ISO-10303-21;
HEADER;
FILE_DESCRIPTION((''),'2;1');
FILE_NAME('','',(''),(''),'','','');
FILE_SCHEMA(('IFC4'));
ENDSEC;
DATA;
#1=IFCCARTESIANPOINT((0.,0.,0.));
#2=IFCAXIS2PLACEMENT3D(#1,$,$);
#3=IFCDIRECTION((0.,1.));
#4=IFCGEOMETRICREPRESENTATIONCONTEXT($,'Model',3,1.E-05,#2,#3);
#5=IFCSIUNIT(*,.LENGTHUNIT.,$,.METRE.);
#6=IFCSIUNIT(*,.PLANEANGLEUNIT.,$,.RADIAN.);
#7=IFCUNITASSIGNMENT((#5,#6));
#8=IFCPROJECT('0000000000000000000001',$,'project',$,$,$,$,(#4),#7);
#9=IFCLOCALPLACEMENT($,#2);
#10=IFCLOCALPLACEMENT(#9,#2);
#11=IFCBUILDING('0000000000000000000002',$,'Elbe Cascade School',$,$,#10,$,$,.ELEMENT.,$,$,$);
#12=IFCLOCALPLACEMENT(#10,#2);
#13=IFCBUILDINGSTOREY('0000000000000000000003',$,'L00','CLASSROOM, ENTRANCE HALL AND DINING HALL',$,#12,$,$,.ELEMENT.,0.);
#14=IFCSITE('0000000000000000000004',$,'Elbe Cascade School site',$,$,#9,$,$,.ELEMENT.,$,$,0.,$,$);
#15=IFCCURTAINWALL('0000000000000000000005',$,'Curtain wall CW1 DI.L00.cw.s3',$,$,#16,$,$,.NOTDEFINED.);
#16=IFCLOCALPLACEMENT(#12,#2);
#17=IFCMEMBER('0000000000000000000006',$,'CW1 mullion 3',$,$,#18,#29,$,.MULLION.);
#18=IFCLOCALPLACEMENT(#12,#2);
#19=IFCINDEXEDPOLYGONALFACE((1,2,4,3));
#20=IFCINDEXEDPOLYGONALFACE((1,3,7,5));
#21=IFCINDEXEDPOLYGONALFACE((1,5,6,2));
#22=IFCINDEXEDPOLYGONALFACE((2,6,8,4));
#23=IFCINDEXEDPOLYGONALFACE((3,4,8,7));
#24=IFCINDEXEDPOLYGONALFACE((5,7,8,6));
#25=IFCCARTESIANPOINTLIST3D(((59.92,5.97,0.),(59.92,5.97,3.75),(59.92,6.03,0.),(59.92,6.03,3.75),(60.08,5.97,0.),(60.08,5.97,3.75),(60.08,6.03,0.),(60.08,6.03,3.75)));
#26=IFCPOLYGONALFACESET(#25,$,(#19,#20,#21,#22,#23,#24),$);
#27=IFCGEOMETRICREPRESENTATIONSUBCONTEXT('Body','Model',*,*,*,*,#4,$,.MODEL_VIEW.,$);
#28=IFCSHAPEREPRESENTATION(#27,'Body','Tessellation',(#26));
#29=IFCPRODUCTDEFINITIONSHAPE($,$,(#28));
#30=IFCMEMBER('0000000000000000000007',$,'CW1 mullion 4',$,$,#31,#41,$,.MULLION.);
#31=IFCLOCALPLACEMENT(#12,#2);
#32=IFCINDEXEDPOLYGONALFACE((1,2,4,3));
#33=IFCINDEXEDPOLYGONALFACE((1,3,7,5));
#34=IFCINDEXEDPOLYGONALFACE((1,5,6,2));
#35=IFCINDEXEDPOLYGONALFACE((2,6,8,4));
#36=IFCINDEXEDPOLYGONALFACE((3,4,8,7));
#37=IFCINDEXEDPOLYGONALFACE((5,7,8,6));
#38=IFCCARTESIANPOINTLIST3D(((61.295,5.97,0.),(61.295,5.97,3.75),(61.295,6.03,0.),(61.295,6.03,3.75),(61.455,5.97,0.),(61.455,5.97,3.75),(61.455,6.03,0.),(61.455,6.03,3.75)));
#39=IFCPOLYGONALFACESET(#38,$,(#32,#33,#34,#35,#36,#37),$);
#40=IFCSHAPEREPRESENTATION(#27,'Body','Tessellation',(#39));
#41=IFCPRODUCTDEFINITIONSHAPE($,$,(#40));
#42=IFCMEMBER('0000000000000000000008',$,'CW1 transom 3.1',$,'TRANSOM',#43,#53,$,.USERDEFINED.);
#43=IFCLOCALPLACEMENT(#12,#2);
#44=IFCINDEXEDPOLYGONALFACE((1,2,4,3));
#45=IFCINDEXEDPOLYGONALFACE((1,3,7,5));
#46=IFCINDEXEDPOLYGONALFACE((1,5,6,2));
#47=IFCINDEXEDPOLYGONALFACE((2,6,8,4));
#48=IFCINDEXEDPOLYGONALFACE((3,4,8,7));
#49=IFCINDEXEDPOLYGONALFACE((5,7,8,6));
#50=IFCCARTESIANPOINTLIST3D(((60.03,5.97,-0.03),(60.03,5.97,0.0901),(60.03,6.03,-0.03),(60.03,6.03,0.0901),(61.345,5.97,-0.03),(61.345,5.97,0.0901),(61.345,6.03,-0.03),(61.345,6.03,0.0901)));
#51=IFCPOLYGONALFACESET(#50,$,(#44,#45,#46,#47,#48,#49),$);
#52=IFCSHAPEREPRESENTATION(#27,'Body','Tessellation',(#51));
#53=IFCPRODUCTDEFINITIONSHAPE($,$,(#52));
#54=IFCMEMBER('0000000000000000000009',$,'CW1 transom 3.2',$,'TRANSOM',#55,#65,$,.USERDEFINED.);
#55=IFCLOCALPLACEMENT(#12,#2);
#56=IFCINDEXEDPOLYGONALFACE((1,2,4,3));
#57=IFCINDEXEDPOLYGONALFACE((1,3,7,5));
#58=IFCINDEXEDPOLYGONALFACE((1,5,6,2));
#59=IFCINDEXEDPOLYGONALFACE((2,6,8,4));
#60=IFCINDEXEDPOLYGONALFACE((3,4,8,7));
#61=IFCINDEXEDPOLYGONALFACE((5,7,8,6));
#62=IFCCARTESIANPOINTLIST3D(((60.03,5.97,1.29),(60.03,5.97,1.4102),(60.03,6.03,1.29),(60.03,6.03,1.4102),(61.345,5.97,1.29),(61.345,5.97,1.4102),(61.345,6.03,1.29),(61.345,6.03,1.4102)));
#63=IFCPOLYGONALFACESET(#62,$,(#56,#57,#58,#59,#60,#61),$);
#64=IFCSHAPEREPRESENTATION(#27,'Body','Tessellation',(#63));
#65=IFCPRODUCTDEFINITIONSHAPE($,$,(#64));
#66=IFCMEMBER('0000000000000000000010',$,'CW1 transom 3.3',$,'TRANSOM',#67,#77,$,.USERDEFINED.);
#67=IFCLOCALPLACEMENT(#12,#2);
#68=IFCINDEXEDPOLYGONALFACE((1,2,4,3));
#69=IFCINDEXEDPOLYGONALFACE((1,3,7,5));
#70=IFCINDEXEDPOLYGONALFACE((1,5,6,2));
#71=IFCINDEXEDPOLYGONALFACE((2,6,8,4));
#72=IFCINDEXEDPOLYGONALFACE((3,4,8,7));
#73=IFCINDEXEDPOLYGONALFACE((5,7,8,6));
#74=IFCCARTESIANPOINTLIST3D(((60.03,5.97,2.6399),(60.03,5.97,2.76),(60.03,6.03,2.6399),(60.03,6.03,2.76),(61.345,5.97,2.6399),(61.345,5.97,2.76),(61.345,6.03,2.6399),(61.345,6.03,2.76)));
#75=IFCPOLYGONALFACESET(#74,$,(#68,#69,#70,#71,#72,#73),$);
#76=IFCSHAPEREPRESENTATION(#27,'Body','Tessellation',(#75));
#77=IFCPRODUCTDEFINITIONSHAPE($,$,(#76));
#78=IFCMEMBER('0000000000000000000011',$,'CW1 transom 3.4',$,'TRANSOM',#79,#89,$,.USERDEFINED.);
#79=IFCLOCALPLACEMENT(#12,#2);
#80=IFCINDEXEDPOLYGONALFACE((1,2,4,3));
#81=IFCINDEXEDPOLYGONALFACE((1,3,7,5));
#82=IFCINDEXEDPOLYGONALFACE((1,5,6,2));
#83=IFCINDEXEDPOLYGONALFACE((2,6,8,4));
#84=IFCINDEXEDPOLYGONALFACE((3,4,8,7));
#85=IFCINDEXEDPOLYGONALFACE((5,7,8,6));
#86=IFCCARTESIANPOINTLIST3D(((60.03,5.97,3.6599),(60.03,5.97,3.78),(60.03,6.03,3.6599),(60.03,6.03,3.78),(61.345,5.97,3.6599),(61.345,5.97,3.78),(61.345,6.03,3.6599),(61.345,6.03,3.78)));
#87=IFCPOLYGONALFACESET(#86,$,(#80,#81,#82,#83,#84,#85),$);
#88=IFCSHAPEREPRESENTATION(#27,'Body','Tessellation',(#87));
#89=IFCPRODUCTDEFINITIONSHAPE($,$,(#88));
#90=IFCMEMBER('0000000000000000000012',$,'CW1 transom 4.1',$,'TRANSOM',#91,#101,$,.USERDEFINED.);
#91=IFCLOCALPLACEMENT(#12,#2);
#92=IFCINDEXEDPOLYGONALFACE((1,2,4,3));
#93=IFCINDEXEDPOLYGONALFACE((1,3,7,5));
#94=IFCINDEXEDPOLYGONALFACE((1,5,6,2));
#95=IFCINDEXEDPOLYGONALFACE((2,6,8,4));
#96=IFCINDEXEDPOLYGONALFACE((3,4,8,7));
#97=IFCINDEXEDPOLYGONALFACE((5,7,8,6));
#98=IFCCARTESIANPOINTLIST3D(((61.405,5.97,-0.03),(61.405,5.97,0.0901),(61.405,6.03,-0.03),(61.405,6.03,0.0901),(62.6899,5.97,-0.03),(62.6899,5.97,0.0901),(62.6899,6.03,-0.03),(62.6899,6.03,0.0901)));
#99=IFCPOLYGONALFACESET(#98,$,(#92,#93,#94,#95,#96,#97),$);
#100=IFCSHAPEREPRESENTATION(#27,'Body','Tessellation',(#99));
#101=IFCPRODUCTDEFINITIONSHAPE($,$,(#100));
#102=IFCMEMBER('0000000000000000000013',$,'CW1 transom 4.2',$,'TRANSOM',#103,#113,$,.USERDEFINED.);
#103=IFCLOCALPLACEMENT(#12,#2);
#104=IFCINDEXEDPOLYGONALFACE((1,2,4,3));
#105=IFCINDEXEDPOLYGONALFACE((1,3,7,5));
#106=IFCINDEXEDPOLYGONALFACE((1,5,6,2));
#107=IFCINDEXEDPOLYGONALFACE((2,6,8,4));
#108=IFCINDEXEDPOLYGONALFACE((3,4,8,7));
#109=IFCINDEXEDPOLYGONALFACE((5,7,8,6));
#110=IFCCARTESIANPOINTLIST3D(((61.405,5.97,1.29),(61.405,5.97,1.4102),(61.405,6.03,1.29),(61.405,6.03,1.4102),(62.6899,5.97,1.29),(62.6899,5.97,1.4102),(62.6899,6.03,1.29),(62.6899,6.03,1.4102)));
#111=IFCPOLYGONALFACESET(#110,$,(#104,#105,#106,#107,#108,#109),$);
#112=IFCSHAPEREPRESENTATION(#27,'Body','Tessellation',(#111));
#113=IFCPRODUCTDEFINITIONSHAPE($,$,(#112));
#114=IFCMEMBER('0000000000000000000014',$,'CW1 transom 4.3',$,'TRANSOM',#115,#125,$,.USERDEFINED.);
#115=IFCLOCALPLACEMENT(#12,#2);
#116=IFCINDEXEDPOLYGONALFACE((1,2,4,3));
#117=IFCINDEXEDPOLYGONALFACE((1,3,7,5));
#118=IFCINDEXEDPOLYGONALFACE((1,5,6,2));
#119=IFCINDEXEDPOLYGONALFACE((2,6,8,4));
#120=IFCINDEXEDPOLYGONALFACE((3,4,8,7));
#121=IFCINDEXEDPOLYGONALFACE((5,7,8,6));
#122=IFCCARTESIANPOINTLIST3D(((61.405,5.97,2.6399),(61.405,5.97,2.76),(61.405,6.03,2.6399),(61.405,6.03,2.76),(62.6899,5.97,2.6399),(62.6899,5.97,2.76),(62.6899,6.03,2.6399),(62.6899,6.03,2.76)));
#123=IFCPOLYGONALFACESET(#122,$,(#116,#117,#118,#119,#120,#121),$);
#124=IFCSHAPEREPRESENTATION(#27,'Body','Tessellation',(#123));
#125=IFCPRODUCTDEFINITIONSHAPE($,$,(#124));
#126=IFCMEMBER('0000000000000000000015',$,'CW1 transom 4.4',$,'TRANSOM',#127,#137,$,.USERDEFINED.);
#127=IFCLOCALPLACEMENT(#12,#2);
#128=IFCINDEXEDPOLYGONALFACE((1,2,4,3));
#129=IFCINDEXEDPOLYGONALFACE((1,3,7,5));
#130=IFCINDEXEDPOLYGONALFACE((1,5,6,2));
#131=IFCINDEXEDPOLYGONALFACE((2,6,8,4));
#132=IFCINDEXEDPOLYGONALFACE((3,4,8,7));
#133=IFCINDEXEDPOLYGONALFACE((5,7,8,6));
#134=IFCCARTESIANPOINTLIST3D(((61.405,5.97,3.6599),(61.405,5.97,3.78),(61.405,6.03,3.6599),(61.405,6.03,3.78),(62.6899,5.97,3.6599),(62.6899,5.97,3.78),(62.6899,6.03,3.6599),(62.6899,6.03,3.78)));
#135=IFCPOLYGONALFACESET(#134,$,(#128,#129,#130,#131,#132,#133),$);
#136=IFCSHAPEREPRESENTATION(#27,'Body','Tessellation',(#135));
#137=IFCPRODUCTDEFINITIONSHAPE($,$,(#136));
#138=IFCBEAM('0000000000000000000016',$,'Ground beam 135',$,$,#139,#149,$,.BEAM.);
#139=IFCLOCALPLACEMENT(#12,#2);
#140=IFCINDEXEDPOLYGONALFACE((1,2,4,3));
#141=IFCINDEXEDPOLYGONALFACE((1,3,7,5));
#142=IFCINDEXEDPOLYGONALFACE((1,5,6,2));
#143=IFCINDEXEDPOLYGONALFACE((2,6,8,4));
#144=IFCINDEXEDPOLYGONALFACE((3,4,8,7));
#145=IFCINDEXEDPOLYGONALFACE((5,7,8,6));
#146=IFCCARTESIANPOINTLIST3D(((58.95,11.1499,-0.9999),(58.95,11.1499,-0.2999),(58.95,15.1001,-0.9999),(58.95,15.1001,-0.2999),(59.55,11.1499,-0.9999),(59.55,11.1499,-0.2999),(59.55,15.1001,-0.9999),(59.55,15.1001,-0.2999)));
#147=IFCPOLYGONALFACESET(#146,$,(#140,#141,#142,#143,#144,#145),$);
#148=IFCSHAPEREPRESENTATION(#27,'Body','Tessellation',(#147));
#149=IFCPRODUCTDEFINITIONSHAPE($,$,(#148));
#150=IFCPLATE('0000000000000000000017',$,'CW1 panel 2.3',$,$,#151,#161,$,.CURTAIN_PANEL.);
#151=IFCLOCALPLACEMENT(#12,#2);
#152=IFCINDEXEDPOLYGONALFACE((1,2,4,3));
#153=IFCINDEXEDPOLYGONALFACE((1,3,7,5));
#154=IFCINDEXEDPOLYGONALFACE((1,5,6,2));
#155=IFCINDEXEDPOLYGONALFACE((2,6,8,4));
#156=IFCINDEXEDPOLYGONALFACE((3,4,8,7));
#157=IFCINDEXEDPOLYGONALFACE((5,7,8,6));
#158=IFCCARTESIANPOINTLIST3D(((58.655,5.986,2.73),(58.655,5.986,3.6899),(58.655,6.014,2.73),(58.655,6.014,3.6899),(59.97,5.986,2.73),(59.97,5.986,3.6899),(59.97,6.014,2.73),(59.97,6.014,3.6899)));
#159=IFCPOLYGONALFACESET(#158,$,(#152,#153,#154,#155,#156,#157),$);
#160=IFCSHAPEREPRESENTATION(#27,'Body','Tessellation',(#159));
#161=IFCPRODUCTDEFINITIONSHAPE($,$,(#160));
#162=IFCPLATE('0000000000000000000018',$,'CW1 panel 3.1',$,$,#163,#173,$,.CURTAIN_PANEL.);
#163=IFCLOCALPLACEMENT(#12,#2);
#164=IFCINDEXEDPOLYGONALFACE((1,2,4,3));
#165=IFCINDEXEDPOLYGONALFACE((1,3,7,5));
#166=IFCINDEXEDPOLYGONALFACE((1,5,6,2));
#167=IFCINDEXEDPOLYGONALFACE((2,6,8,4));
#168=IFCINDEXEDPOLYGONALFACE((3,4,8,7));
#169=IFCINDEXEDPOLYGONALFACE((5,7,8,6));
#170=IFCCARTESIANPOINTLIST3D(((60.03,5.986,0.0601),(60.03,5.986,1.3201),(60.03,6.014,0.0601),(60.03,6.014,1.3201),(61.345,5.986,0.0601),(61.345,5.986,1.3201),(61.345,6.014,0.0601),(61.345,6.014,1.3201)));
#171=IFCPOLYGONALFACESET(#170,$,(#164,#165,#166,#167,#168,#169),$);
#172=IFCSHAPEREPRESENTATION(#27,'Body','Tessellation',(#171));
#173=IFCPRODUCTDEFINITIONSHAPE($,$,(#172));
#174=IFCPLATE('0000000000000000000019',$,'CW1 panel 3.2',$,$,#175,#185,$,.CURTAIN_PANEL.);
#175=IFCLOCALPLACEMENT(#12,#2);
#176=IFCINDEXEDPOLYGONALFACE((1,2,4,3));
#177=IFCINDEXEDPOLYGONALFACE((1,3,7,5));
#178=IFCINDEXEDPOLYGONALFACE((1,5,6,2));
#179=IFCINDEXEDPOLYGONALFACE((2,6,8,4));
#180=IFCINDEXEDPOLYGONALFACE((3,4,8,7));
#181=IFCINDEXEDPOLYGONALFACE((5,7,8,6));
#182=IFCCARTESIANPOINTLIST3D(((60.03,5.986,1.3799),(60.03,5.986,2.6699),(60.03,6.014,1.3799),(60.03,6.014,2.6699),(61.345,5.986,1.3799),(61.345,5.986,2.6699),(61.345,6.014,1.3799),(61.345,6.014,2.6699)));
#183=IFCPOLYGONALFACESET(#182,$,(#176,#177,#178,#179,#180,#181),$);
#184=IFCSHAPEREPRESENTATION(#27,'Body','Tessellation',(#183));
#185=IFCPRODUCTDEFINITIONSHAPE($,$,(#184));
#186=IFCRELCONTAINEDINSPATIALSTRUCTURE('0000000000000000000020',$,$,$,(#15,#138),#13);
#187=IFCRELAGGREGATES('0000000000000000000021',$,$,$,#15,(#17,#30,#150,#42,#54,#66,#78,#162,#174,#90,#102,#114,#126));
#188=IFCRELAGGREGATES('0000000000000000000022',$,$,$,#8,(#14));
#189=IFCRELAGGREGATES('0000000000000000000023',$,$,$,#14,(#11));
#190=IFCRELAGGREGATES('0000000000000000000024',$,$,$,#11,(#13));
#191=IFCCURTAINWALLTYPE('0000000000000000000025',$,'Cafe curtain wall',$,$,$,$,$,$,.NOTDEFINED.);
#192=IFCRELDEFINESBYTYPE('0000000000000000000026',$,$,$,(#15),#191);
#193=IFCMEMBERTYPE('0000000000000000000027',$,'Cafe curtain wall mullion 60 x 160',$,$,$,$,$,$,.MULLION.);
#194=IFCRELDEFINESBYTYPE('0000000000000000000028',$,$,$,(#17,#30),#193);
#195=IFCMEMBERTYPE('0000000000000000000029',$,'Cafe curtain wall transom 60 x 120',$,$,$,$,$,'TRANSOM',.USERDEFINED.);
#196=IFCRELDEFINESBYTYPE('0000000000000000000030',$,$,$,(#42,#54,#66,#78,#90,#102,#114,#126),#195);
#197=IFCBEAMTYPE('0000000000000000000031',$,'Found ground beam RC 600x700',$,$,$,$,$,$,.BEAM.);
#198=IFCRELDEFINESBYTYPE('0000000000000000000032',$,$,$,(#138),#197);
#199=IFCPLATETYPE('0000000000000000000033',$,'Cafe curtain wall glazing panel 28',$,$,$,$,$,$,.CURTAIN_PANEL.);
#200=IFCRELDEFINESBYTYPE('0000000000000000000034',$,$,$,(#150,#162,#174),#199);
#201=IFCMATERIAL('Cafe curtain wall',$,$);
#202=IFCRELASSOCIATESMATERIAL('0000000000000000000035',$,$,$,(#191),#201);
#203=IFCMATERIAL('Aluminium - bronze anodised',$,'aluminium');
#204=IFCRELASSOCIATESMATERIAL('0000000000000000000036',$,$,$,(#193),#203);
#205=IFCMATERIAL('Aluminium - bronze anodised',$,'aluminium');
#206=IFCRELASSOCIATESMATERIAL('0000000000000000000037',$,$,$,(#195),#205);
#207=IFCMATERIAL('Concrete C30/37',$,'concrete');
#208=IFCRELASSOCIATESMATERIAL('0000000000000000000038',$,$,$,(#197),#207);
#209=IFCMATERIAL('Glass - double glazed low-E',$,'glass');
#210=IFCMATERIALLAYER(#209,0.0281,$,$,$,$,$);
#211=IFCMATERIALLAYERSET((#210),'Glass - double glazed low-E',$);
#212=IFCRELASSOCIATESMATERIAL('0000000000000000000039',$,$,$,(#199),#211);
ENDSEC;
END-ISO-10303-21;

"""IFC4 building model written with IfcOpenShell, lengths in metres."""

from ifc_helpers import new_model, si_unit, direction, frame, origin, origin_2d, place, context, subcontext, project, spatial, rectangle, extrude, material, layer, layer_set, material_profile, profile_set, type_object, element, aggregate, save


model = new_model("IFC4")

# Units and contexts
model_context = context("Model", 3, precision=1e-05, world=origin(), true_north=direction((0.0, 1.0)))
body_context = subcontext(model_context, "Body", "Model", "MODEL_VIEW")
ifc_project = project(units=[si_unit("LENGTHUNIT", "METRE"), si_unit("PLANEANGLEUNIT", "RADIAN")], contexts=[model_context])

# Site, building, storey
site_placement = place(None, origin())
site = spatial("IfcSite", under=ifc_project, at=site_placement, Name="Elbe Cascade School site", CompositionType="ELEMENT", RefElevation=0.0)
building_placement = place(site_placement, origin())
building = spatial("IfcBuilding", under=site, at=building_placement, Name="Elbe Cascade School", CompositionType="ELEMENT")
storey_placement = place(building_placement, origin())
storey = spatial("IfcBuildingStorey", under=building, at=storey_placement, Name="L00", Description="CLASSROOM, ENTRANCE HALL AND DINING HALL", CompositionType="ELEMENT", Elevation=0.0)

# Curtain wall, members
ifc_material_1 = material(Name="Cafe curtain wall")
curtain_wall_type = type_object("IfcCurtainWallType", Name="Cafe curtain wall", PredefinedType="NOTDEFINED", material=ifc_material_1)
curtain_wall_placement = place(storey_placement, origin())
curtain_wall = element("IfcCurtainWall", 1, at=curtain_wall_placement, inside=storey, type_object=curtain_wall_type, Name="Curtain wall CW1 DI.L00.cw.s3", PredefinedType="NOTDEFINED")
ifc_material_2 = material(Name="Aluminium - bronze anodised", Category="aluminium")
ifc_material_profile_1 = material_profile(ifc_material_2, rectangle(XDim=0.0601, YDim=0.1599, at=origin_2d()), Name="RECT 60x160")
ifc_profile_set_1 = profile_set([ifc_material_profile_1], Name="Aluminium - bronze anodised")
member_type_1 = type_object("IfcMemberType", Name="Cafe curtain wall mullion 60 x 160", PredefinedType="MULLION", material=ifc_profile_set_1)
member_1_placement = place(storey_placement, frame((60.0, 6.0, 0.0), z_axis=(0.0, 0.0, 1.0), x_axis=(0.0, 1.0, 0.0)))
member_1 = element("IfcMember", 2, at=member_1_placement, type_object=member_type_1, Name="CW1 mullion 3", PredefinedType="MULLION", context=body_context, shape_type="SweptSolid", body=[
    extrude(rectangle(XDim=0.0601, YDim=0.1599, at=origin_2d()), origin(), (0.0, 0.0, 1.0), 3.75),
])
member_2_placement = place(storey_placement, frame((61.375, 6.0, 0.0), z_axis=(0.0, 0.0, 1.0), x_axis=(0.0, 1.0, 0.0)))
member_2 = element("IfcMember", 3, at=member_2_placement, type_object=member_type_1, Name="CW1 mullion 4", PredefinedType="MULLION", context=body_context, shape_type="SweptSolid", body=[
    extrude(rectangle(XDim=0.0601, YDim=0.1599, at=origin_2d()), origin(), (0.0, 0.0, 1.0), 3.75),
])
ifc_material_3 = material(Name="Aluminium - bronze anodised", Category="aluminium")
ifc_material_profile_2 = material_profile(ifc_material_3, rectangle(XDim=0.0601, YDim=0.1201, at=origin_2d()), Name="RECT 60x120")
ifc_profile_set_2 = profile_set([ifc_material_profile_2], Name="Aluminium - bronze anodised")
member_type_2 = type_object("IfcMemberType", Name="Cafe curtain wall transom 60 x 120", ElementType="TRANSOM", PredefinedType="USERDEFINED", material=ifc_profile_set_2)
member_3_placement = place(storey_placement, frame((60.03, 6.0, 0.03), z_axis=(1.0, 0.0, 0.0), x_axis=(0.0, 1.0, 0.0)))
member_3 = element("IfcMember", 4, at=member_3_placement, type_object=member_type_2, Name="CW1 transom 3.1", ObjectType="TRANSOM", PredefinedType="USERDEFINED", context=body_context, shape_type="SweptSolid", body=[
    extrude(rectangle(XDim=0.0601, YDim=0.1201, at=origin_2d()), origin(), (0.0, 0.0, 1.0), 1.3149),
])
member_4_placement = place(storey_placement, frame((60.03, 6.0, 1.3501), z_axis=(1.0, 0.0, 0.0), x_axis=(0.0, 1.0, 0.0)))
member_4 = element("IfcMember", 5, at=member_4_placement, type_object=member_type_2, Name="CW1 transom 3.2", ObjectType="TRANSOM", PredefinedType="USERDEFINED", context=body_context, shape_type="SweptSolid", body=[
    extrude(rectangle(XDim=0.0601, YDim=0.1201, at=origin_2d()), origin(), (0.0, 0.0, 1.0), 1.3149),
])
member_5_placement = place(storey_placement, frame((60.03, 6.0, 2.7), z_axis=(1.0, 0.0, 0.0), x_axis=(0.0, 1.0, 0.0)))
member_5 = element("IfcMember", 6, at=member_5_placement, type_object=member_type_2, Name="CW1 transom 3.3", ObjectType="TRANSOM", PredefinedType="USERDEFINED", context=body_context, shape_type="SweptSolid", body=[
    extrude(rectangle(XDim=0.0601, YDim=0.1201, at=origin_2d()), origin(), (0.0, 0.0, 1.0), 1.3149),
])
member_6_placement = place(storey_placement, frame((60.03, 6.0, 3.72), z_axis=(1.0, 0.0, 0.0), x_axis=(0.0, 1.0, 0.0)))
member_6 = element("IfcMember", 7, at=member_6_placement, type_object=member_type_2, Name="CW1 transom 3.4", ObjectType="TRANSOM", PredefinedType="USERDEFINED", context=body_context, shape_type="SweptSolid", body=[
    extrude(rectangle(XDim=0.0601, YDim=0.1201, at=origin_2d()), origin(), (0.0, 0.0, 1.0), 1.3149),
])
member_7_placement = place(storey_placement, frame((61.405, 6.0, 0.03), z_axis=(1.0, 0.0, 0.0), x_axis=(0.0, 1.0, 0.0)))
member_7 = element("IfcMember", 8, at=member_7_placement, type_object=member_type_2, Name="CW1 transom 4.1", ObjectType="TRANSOM", PredefinedType="USERDEFINED", context=body_context, shape_type="SweptSolid", body=[
    extrude(rectangle(XDim=0.0601, YDim=0.1201, at=origin_2d()), origin(), (0.0, 0.0, 1.0), 1.2849),
])
member_8_placement = place(storey_placement, frame((61.405, 6.0, 1.3501), z_axis=(1.0, 0.0, 0.0), x_axis=(0.0, 1.0, 0.0)))
member_8 = element("IfcMember", 9, at=member_8_placement, type_object=member_type_2, Name="CW1 transom 4.2", ObjectType="TRANSOM", PredefinedType="USERDEFINED", context=body_context, shape_type="SweptSolid", body=[
    extrude(rectangle(XDim=0.0601, YDim=0.1201, at=origin_2d()), origin(), (0.0, 0.0, 1.0), 1.2849),
])
member_9_placement = place(storey_placement, frame((61.405, 6.0, 2.7), z_axis=(1.0, 0.0, 0.0), x_axis=(0.0, 1.0, 0.0)))
member_9 = element("IfcMember", 10, at=member_9_placement, type_object=member_type_2, Name="CW1 transom 4.3", ObjectType="TRANSOM", PredefinedType="USERDEFINED", context=body_context, shape_type="SweptSolid", body=[
    extrude(rectangle(XDim=0.0601, YDim=0.1201, at=origin_2d()), origin(), (0.0, 0.0, 1.0), 1.2849),
])
member_10_placement = place(storey_placement, frame((61.405, 6.0, 3.72), z_axis=(1.0, 0.0, 0.0), x_axis=(0.0, 1.0, 0.0)))
member_10 = element("IfcMember", 11, at=member_10_placement, type_object=member_type_2, Name="CW1 transom 4.4", ObjectType="TRANSOM", PredefinedType="USERDEFINED", context=body_context, shape_type="SweptSolid", body=[
    extrude(rectangle(XDim=0.0601, YDim=0.1201, at=origin_2d()), origin(), (0.0, 0.0, 1.0), 1.2849),
])

# Beam
ifc_material_4 = material(Name="Concrete C30/37", Category="concrete")
ifc_material_profile_3 = material_profile(ifc_material_4, rectangle(XDim=0.6001, YDim=0.7, at=origin_2d()), Name="RC 600x700")
ifc_profile_set_3 = profile_set([ifc_material_profile_3], Name="Concrete C30/37")
beam_type = type_object("IfcBeamType", Name="Found ground beam RC 600x700", PredefinedType="BEAM", material=ifc_profile_set_3)
beam_placement = place(storey_placement, frame((59.25, 11.1499, -0.6499), z_axis=(0.0, 1.0, 0.0), x_axis=(-1.0, 0.0, 0.0)))
element("IfcBeam", 12, at=beam_placement, inside=storey, type_object=beam_type, Name="Ground beam 135", PredefinedType="BEAM", context=body_context, shape_type="SweptSolid", body=[
    extrude(rectangle(XDim=0.6001, YDim=0.7, at=origin_2d()), origin(), (0.0, 0.0, 1.0), 3.9502),
])

# Plates
ifc_material_5 = material(Name="Glass - double glazed low-E", Category="glass")
ifc_layer = layer(ifc_material_5, 0.0281)
ifc_layer_set = layer_set([ifc_layer], Name="Glass - double glazed low-E")
plate_type = type_object("IfcPlateType", Name="Cafe curtain wall glazing panel 28", PredefinedType="CURTAIN_PANEL", material=ifc_layer_set)
plate_1_placement = place(storey_placement, frame((59.3125, 6.0, 2.73), z_axis=(0.0, 0.0, 1.0), x_axis=(1.0, 0.0, 0.0)))
plate_1 = element("IfcPlate", 13, at=plate_1_placement, type_object=plate_type, Name="CW1 panel 2.3", PredefinedType="CURTAIN_PANEL", context=body_context, shape_type="SweptSolid", body=[
    extrude(rectangle(XDim=1.3149, YDim=0.0281, at=origin_2d()), origin(), (0.0, 0.0, 1.0), 0.96),
])
plate_2_placement = place(storey_placement, frame((60.6875, 6.0, 0.0601), z_axis=(0.0, 0.0, 1.0), x_axis=(1.0, 0.0, 0.0)))
plate_2 = element("IfcPlate", 14, at=plate_2_placement, type_object=plate_type, Name="CW1 panel 3.1", PredefinedType="CURTAIN_PANEL", context=body_context, shape_type="SweptSolid", body=[
    extrude(rectangle(XDim=1.3149, YDim=0.0281, at=origin_2d()), origin(), (0.0, 0.0, 1.0), 1.26),
])
plate_3_placement = place(storey_placement, frame((60.6875, 6.0, 1.3799), z_axis=(0.0, 0.0, 1.0), x_axis=(1.0, 0.0, 0.0)))
plate_3 = element("IfcPlate", 15, at=plate_3_placement, type_object=plate_type, Name="CW1 panel 3.2", PredefinedType="CURTAIN_PANEL", context=body_context, shape_type="SweptSolid", body=[
    extrude(rectangle(XDim=1.3149, YDim=0.0281, at=origin_2d()), origin(), (0.0, 0.0, 1.0), 1.29),
])
aggregate(curtain_wall, [member_1, member_2, plate_1, member_3, member_4, member_5, member_6, plate_2, plate_3, member_7, member_8, member_9, member_10])

save(model, "model.ifc")
